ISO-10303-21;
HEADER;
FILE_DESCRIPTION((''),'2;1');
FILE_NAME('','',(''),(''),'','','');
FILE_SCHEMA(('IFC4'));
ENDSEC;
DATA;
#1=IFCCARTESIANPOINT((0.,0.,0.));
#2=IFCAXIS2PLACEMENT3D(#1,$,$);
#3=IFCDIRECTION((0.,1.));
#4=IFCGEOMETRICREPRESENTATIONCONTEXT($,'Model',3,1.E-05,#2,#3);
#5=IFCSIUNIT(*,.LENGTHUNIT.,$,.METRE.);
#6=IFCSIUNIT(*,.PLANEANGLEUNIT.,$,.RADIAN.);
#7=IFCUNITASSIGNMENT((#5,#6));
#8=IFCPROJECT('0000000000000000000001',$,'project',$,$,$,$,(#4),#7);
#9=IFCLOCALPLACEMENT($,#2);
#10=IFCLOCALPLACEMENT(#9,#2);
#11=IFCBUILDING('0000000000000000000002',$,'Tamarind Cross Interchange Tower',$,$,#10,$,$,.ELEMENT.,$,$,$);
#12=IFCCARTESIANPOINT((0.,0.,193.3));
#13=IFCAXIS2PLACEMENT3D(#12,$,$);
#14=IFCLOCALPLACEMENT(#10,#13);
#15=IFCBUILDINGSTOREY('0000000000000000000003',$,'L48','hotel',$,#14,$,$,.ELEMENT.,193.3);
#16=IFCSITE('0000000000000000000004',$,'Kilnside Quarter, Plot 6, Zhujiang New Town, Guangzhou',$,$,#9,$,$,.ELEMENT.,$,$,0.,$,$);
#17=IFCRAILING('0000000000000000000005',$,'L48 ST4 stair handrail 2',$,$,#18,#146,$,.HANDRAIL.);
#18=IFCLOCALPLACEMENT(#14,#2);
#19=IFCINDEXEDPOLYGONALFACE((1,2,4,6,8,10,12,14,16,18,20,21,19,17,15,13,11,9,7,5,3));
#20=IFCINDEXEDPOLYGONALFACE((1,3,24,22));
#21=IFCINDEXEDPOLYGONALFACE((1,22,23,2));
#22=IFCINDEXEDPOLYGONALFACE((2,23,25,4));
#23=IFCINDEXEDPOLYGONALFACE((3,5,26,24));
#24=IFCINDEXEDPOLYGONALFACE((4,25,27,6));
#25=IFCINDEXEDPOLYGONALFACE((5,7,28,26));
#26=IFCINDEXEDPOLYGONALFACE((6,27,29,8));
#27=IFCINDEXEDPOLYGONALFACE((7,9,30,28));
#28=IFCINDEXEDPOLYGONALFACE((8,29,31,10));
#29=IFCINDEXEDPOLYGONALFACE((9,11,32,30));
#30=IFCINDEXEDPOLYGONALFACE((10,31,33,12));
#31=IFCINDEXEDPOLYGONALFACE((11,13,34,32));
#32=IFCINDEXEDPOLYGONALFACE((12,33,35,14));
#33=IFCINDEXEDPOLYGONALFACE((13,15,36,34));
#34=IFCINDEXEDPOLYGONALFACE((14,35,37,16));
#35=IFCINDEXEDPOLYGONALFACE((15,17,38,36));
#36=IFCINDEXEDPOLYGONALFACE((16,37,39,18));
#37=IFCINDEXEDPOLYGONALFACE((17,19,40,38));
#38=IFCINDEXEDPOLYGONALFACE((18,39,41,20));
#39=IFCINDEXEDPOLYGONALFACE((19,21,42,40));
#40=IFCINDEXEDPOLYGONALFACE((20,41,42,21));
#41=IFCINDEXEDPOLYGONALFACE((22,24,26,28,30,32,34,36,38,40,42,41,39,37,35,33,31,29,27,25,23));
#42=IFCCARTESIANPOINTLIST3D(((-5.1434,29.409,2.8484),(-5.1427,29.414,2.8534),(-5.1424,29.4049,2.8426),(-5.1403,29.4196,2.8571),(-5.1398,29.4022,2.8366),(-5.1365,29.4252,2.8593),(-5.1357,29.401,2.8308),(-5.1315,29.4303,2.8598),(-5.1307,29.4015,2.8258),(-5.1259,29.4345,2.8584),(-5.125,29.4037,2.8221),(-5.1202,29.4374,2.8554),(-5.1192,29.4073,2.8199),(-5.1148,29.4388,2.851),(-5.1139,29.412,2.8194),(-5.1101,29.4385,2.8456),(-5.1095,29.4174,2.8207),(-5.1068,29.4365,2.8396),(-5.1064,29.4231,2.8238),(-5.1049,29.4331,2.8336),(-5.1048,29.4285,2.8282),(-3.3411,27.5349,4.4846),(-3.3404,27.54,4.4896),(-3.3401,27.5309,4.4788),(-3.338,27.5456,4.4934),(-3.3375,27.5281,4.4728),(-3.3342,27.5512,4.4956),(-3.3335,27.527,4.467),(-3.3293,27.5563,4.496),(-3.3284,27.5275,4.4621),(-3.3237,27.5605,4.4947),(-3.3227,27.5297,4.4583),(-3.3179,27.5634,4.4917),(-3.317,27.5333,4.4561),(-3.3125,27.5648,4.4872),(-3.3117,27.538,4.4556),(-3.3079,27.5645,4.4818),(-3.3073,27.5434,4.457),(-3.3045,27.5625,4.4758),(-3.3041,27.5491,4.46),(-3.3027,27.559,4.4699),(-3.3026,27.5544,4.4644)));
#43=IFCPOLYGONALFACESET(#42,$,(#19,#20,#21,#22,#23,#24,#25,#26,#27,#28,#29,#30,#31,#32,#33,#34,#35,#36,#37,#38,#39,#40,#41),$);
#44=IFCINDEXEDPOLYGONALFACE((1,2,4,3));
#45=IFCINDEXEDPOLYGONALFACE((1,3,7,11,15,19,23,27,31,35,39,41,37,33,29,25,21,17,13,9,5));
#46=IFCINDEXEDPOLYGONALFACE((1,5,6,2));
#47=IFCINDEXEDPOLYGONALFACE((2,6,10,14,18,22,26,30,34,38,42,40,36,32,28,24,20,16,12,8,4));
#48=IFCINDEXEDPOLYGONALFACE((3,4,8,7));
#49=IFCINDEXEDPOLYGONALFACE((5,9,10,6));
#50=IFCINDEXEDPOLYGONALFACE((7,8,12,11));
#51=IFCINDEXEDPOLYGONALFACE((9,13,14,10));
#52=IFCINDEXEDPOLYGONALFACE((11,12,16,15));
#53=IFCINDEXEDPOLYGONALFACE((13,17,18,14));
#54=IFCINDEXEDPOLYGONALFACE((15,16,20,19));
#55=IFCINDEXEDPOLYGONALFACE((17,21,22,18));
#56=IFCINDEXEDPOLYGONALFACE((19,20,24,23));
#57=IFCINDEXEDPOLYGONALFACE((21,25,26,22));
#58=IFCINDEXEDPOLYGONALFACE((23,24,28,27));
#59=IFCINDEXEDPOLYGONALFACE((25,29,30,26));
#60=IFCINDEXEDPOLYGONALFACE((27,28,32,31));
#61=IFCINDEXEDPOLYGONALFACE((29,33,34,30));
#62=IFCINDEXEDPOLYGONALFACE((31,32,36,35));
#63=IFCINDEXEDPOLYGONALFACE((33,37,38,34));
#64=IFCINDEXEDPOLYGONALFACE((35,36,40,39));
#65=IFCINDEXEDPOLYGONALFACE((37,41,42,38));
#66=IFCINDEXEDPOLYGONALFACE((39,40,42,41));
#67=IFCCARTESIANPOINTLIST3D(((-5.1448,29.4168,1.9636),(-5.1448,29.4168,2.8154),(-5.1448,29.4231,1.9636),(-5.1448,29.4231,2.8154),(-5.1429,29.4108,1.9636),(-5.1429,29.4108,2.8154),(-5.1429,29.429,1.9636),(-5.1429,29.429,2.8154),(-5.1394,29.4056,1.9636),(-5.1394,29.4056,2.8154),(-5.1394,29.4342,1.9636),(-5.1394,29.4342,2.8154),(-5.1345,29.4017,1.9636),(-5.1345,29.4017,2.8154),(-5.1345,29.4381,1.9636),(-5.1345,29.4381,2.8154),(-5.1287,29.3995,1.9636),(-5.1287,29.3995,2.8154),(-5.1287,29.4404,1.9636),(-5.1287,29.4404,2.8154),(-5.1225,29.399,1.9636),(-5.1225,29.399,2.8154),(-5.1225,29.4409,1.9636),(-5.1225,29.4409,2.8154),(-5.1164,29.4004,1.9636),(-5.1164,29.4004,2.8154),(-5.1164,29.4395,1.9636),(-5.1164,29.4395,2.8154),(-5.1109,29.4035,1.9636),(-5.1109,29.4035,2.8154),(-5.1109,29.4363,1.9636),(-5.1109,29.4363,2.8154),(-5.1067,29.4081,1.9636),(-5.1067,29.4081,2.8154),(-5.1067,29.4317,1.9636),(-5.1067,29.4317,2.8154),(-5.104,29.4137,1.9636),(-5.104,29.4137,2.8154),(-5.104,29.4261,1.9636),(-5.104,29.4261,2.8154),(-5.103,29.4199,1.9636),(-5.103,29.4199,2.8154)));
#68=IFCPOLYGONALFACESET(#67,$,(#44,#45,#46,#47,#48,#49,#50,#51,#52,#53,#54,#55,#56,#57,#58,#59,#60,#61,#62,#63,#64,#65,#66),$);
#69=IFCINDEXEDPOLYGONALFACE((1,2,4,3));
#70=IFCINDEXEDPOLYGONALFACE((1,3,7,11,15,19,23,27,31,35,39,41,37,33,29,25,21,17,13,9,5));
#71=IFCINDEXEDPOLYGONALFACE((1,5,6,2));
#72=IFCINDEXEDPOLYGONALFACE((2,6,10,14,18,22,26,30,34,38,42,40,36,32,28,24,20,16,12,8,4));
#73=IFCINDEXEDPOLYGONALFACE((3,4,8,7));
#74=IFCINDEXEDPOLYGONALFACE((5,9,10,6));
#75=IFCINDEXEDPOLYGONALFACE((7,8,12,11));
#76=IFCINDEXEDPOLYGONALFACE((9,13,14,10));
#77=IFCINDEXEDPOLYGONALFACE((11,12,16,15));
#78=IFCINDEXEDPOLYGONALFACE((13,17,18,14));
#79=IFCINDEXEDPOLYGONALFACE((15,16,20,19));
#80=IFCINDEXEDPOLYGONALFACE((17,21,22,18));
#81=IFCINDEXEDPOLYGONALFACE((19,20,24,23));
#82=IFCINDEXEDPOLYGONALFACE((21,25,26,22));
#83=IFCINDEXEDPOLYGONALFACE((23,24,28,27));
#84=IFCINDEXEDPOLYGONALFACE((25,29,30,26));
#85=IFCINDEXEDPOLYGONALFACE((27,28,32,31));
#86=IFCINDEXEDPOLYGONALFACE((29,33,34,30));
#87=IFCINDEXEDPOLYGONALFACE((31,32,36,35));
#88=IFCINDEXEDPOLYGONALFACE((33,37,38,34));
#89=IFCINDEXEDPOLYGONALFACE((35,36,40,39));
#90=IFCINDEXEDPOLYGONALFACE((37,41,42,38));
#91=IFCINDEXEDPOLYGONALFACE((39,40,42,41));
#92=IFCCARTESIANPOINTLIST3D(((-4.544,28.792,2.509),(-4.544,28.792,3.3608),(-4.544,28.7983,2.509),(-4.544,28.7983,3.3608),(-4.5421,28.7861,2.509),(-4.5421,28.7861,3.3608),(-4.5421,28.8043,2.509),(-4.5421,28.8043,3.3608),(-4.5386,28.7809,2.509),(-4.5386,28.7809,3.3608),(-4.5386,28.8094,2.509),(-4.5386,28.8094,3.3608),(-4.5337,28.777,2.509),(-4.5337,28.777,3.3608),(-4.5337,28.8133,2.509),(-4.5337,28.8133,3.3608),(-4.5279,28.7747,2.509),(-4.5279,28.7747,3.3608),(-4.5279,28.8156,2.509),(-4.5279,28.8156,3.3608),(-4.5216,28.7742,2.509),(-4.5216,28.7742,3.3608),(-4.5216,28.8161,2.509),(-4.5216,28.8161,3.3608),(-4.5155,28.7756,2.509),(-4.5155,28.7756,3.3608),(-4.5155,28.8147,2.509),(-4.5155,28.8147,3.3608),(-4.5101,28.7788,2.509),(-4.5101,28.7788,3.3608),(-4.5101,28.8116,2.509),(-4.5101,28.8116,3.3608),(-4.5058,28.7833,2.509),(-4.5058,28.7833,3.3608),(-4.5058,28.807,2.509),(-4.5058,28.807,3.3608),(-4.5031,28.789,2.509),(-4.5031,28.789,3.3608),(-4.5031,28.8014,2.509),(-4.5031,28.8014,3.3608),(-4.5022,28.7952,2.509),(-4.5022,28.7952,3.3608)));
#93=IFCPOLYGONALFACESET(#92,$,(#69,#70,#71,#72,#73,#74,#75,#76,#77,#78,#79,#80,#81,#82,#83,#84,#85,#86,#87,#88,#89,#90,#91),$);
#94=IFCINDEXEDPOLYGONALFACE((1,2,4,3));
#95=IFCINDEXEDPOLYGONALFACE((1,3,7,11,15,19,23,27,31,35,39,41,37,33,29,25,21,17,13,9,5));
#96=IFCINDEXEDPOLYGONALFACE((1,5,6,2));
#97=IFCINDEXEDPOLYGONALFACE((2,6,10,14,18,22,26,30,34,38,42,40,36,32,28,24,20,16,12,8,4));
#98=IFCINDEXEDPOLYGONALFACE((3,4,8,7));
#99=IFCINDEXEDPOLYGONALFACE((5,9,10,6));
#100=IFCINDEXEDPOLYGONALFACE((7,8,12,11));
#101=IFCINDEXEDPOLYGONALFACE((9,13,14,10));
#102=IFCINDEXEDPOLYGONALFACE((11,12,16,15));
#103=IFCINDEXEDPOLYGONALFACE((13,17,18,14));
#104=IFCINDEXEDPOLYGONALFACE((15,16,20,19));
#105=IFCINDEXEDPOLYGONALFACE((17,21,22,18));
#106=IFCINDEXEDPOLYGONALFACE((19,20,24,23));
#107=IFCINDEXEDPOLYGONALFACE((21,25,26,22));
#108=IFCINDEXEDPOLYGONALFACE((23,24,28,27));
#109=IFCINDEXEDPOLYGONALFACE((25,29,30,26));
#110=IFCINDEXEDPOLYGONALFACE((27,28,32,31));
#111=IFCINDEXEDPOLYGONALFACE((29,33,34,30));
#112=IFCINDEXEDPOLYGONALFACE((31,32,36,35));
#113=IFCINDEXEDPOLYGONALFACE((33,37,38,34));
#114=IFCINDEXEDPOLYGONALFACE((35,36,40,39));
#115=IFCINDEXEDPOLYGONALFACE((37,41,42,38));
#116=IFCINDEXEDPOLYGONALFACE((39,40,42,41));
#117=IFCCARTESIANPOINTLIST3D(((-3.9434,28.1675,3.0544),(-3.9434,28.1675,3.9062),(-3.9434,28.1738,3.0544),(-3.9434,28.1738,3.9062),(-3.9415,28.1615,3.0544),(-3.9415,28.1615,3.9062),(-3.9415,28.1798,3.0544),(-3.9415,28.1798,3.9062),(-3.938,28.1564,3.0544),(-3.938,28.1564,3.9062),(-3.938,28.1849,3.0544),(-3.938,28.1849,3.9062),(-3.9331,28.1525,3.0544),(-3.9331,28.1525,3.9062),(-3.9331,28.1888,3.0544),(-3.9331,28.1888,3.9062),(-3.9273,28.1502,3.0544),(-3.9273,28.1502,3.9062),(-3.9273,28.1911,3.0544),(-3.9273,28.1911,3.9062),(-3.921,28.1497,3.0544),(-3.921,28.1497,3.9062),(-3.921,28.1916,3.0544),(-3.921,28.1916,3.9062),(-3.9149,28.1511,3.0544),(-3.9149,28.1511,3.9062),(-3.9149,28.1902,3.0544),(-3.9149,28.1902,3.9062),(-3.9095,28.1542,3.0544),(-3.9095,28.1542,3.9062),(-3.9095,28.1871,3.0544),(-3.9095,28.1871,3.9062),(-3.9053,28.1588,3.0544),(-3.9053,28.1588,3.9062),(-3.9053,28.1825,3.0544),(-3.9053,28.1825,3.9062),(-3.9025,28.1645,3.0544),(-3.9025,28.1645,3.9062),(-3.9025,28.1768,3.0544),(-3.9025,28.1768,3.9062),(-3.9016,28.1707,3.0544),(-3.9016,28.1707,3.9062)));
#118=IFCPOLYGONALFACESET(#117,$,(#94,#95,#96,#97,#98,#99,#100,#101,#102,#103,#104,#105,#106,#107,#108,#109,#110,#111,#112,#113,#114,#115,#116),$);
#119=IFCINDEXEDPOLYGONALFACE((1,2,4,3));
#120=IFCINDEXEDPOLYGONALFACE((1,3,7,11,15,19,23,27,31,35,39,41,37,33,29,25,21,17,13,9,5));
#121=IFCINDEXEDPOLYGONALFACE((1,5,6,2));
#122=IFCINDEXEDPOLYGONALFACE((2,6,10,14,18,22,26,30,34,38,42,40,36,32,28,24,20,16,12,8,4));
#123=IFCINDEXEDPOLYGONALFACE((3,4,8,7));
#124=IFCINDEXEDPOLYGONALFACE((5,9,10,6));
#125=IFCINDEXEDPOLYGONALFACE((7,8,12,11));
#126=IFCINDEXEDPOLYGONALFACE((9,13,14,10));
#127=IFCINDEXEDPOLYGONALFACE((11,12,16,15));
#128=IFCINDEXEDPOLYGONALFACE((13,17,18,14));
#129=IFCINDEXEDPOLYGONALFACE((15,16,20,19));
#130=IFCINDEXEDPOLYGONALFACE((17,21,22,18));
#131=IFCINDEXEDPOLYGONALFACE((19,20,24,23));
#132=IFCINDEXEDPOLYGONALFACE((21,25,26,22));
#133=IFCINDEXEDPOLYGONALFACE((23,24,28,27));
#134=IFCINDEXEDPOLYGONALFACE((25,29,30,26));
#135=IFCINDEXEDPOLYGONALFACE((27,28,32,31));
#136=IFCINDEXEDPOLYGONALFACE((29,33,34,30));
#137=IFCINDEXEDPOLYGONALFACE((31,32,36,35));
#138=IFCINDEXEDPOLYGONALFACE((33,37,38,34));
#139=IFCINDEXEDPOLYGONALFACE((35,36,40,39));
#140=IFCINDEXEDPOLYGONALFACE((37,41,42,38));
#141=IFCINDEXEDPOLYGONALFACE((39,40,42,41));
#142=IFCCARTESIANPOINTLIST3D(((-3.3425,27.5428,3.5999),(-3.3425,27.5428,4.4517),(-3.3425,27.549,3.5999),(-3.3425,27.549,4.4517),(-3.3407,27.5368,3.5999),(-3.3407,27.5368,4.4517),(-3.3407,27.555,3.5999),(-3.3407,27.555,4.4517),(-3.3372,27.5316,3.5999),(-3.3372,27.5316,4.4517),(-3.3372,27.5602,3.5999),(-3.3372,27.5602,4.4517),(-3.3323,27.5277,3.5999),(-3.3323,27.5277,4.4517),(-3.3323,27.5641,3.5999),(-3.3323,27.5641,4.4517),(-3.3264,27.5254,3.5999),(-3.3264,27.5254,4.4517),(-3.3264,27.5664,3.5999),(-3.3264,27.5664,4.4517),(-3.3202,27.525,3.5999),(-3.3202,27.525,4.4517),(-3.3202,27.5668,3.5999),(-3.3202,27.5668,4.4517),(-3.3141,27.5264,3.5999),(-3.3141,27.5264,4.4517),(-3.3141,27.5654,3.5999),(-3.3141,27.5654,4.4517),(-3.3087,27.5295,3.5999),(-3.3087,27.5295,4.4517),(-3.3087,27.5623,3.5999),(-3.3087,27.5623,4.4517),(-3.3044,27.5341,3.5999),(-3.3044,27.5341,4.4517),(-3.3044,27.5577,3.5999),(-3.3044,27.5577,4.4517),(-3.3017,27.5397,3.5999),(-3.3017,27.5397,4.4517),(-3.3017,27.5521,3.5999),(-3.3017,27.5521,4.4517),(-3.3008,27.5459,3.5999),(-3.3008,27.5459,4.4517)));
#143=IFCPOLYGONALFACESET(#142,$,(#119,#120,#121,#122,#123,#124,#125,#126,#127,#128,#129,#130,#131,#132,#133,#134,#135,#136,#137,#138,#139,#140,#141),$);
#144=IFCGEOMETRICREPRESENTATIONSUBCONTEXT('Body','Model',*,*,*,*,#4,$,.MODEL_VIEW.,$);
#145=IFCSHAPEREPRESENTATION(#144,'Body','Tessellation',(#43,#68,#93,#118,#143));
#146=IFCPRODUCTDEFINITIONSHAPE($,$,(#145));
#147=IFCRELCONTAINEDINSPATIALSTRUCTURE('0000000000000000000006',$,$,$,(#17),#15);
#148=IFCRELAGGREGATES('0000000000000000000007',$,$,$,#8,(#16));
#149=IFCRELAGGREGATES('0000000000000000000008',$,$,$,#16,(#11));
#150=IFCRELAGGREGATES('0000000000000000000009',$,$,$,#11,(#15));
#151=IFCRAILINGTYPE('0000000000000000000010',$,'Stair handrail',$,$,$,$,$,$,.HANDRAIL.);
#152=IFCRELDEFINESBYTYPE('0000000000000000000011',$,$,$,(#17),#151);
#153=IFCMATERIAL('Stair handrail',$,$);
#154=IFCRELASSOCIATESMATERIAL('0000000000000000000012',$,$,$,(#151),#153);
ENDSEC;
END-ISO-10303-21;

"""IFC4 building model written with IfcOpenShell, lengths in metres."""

from ifc_helpers import new_model, si_unit, direction, frame, origin, origin_2d, place, context, subcontext, project, spatial, circle, extrude, material, type_object, element, save


model = new_model("IFC4")

# Units and contexts
model_context = context("Model", 3, precision=1e-05, world=origin(), true_north=direction((0.0, 1.0)))
body_context = subcontext(model_context, "Body", "Model", "MODEL_VIEW")
ifc_project = project(units=[si_unit("LENGTHUNIT", "METRE"), si_unit("PLANEANGLEUNIT", "RADIAN")], contexts=[model_context])

# Site, building, storey
site_placement = place(None, origin())
site = spatial("IfcSite", under=ifc_project, at=site_placement, Name="Kilnside Quarter, Plot 6, Zhujiang New Town, Guangzhou", CompositionType="ELEMENT", RefElevation=0.0)
building_placement = place(site_placement, origin())
building = spatial("IfcBuilding", under=site, at=building_placement, Name="Tamarind Cross Interchange Tower", CompositionType="ELEMENT")
storey_placement = place(building_placement, frame((0.0, 0.0, 193.3)))
storey = spatial("IfcBuildingStorey", under=building, at=storey_placement, Name="L48", Description="hotel", CompositionType="ELEMENT", Elevation=193.3)

# Railing
ifc_material_1 = material(Name="Stair handrail")
railing_type_1 = type_object("IfcRailingType", Name="Stair handrail", PredefinedType="HANDRAIL", material=ifc_material_1)
railing_1_placement = place(storey_placement, frame((-5.124, 29.4199, 1.9636)))
element("IfcRailing", 1, at=railing_1_placement, inside=storey, type_object=railing_type_1, Name="L48 ST4 stair handrail 2", PredefinedType="HANDRAIL", context=body_context, shape_type="SweptSolid", body=[
    extrude(circle(Radius=0.0239, at=origin_2d()), frame((0.0, 0.0, 0.876), z_axis=(0.586665, -0.61003, 0.532624), x_axis=(0.720775, 0.693169, 0.0)), (0.0, 0.0, 1.0), 3.072),
    extrude(circle(Radius=0.021, at=origin_2d()), origin(), (0.0, 0.0, 1.0), 0.8518),
    extrude(circle(Radius=0.021, at=origin_2d()), frame((0.6008, -0.6248, 0.5454)), (0.0, 0.0, 1.0), 0.8518),
    extrude(circle(Radius=0.021, at=origin_2d()), frame((1.2014, -1.2493, 1.0908)), (0.0, 0.0, 1.0), 0.8518),
    extrude(circle(Radius=0.021, at=origin_2d()), frame((1.8022, -1.874, 1.6362)), (0.0, 0.0, 1.0), 0.8518),
])

save(model, "model.ifc")
